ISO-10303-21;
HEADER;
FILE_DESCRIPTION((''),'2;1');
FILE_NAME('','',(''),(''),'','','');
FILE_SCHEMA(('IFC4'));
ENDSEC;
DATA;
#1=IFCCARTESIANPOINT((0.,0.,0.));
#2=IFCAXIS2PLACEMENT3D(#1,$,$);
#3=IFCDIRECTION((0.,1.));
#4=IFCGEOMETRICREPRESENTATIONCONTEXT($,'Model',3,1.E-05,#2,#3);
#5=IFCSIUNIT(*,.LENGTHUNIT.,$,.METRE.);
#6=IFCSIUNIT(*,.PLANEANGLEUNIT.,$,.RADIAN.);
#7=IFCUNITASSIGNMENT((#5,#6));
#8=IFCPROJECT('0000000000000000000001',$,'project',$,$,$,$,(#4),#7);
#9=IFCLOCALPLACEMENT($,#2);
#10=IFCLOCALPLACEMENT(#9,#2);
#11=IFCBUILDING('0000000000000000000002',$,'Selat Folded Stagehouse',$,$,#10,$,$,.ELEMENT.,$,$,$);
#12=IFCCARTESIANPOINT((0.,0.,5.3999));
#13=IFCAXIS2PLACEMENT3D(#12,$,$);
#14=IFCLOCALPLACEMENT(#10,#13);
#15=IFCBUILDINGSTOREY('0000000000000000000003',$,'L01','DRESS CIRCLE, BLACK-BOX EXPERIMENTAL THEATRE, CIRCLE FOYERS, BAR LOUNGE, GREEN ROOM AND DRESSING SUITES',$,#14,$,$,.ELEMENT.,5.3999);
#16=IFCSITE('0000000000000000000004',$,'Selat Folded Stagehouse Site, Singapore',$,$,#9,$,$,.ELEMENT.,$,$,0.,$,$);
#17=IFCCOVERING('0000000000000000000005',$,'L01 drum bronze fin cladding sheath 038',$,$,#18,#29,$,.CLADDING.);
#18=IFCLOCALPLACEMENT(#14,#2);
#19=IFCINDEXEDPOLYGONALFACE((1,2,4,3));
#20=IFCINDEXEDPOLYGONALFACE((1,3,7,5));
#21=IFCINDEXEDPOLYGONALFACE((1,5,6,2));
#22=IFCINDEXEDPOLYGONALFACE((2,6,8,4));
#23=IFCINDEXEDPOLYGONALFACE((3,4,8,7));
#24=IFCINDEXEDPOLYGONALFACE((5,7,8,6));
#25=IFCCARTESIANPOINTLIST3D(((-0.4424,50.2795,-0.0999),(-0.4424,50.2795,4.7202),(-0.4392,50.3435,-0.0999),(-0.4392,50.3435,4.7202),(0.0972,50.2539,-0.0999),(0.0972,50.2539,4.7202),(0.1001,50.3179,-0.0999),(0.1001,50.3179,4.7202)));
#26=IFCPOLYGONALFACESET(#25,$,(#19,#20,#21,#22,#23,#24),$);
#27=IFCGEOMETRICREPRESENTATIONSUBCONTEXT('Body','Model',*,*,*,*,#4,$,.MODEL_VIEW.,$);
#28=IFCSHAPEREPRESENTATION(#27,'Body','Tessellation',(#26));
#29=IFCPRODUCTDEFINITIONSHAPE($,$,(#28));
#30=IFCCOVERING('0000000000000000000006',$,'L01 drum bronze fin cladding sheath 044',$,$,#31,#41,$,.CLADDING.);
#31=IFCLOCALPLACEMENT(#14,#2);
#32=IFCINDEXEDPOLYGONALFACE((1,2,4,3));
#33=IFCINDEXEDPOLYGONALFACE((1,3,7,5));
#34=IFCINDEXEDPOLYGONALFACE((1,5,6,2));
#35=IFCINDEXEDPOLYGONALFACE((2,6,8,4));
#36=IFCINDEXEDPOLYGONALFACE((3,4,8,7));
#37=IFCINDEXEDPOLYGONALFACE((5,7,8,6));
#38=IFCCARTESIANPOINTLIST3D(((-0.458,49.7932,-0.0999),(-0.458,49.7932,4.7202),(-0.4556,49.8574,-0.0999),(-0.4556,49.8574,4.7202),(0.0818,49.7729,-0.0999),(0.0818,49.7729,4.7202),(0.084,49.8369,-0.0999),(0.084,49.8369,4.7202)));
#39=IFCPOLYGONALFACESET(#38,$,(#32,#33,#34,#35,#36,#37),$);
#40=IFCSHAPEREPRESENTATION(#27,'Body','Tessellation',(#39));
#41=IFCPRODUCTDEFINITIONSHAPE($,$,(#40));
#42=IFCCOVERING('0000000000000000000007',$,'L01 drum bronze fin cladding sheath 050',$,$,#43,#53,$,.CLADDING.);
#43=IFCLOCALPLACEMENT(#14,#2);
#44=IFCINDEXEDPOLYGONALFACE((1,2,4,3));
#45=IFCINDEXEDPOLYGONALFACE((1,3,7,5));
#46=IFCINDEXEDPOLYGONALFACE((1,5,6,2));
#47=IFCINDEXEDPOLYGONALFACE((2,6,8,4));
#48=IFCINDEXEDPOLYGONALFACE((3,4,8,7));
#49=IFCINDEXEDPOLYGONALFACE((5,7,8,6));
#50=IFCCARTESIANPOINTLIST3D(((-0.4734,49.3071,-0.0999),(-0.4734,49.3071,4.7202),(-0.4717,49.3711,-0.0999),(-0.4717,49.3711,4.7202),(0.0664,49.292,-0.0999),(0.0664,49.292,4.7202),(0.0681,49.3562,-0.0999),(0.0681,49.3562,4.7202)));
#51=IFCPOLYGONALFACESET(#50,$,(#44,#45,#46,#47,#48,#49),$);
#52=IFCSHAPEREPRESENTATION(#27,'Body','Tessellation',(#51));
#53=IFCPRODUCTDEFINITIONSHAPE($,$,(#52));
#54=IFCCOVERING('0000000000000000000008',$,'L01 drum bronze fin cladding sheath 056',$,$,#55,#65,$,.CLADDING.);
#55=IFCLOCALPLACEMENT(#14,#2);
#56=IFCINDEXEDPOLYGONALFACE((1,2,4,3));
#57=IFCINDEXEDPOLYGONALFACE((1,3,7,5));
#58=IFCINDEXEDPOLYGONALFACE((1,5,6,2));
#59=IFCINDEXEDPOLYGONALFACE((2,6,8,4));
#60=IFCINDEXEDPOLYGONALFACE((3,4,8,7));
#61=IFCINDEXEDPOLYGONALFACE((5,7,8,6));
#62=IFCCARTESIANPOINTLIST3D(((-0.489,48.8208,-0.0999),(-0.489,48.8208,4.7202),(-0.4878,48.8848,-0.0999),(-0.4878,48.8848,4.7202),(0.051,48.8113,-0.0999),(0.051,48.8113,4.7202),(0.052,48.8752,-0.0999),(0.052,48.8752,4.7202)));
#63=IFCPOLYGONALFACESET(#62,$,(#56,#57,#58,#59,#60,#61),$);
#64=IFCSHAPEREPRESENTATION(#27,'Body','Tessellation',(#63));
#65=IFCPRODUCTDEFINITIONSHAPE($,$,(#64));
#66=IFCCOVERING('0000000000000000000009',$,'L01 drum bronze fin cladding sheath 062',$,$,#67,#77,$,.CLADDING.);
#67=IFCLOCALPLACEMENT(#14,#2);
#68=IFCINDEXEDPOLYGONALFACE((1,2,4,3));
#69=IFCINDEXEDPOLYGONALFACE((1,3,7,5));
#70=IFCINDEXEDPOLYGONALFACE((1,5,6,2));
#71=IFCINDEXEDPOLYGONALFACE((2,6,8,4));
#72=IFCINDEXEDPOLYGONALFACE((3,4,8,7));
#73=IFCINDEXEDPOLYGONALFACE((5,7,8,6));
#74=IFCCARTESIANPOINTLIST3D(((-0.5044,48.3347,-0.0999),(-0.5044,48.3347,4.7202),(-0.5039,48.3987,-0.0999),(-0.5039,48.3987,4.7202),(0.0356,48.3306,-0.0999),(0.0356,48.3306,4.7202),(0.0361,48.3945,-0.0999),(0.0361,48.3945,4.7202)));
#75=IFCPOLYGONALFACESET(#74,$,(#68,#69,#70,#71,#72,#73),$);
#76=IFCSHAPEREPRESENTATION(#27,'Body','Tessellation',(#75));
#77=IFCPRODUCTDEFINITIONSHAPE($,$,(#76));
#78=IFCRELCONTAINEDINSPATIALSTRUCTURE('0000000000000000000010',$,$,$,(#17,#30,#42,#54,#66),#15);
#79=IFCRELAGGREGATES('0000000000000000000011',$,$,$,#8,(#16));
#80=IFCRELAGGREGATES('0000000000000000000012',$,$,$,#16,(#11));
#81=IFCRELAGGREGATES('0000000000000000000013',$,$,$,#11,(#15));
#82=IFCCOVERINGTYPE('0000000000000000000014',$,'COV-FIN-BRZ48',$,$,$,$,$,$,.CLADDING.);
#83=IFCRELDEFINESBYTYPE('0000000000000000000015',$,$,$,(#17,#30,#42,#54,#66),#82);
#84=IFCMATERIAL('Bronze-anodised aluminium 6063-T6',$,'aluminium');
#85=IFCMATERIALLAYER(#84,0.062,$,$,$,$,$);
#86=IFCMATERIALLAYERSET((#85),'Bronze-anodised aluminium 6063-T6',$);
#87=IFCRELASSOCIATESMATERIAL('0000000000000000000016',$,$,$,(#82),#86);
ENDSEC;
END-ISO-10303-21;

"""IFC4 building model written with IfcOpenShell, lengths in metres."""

from ifc_helpers import new_model, si_unit, direction, frame, origin, place, context, subcontext, project, spatial, polyline, outline, extrude, material, layer, layer_set, type_object, element, save


model = new_model("IFC4")

# Units and contexts
model_context = context("Model", 3, precision=1e-05, world=origin(), true_north=direction((0.0, 1.0)))
body_context = subcontext(model_context, "Body", "Model", "MODEL_VIEW")
ifc_project = project(units=[si_unit("LENGTHUNIT", "METRE"), si_unit("PLANEANGLEUNIT", "RADIAN")], contexts=[model_context])

# Site, building, storey
site_placement = place(None, origin())
site = spatial("IfcSite", under=ifc_project, at=site_placement, Name="Selat Folded Stagehouse Site, Singapore", CompositionType="ELEMENT", RefElevation=0.0)
building_placement = place(site_placement, origin())
building = spatial("IfcBuilding", under=site, at=building_placement, Name="Selat Folded Stagehouse", CompositionType="ELEMENT")
storey_placement = place(building_placement, frame((0.0, 0.0, 5.3999)))
storey = spatial("IfcBuildingStorey", under=building, at=storey_placement, Name="L01", Description="DRESS CIRCLE, BLACK-BOX EXPERIMENTAL THEATRE, CIRCLE FOYERS, BAR LOUNGE, GREEN ROOM AND DRESSING SUITES", CompositionType="ELEMENT", Elevation=5.3999)

# Coverings
ifc_material_1 = material(Name="Bronze-anodised aluminium 6063-T6", Category="aluminium")
ifc_layer_1 = layer(ifc_material_1, 0.062)
ifc_layer_set_1 = layer_set([ifc_layer_1], Name="Bronze-anodised aluminium 6063-T6")
covering_type = type_object("IfcCoveringType", Name="COV-FIN-BRZ48", PredefinedType="CLADDING", material=ifc_layer_set_1)
covering_1_placement = place(storey_placement, frame((0.0, 0.0, -0.0999)))
element("IfcCovering", 1, at=covering_1_placement, inside=storey, type_object=covering_type, Name="L01 drum bronze fin cladding sheath 038", PredefinedType="CLADDING", context=body_context, shape_type="SweptSolid", body=[
    extrude(outline(polyline([(0.1001, 50.3179), (-0.4392, 50.3435), (-0.4424, 50.2795), (0.0972, 50.2539), (0.1001, 50.3179)])), origin(), (0.0, 0.0, 1.0), 4.8201),
])
covering_2_placement = place(storey_placement, frame((0.0, 0.0, -0.0999)))
element("IfcCovering", 2, at=covering_2_placement, inside=storey, type_object=covering_type, Name="L01 drum bronze fin cladding sheath 044", PredefinedType="CLADDING", context=body_context, shape_type="SweptSolid", body=[
    extrude(outline(polyline([(0.084, 49.8369), (-0.4556, 49.8574), (-0.458, 49.7932), (0.0818, 49.7729), (0.084, 49.8369)])), origin(), (0.0, 0.0, 1.0), 4.8201),
])
covering_3_placement = place(storey_placement, frame((0.0, 0.0, -0.0999)))
element("IfcCovering", 3, at=covering_3_placement, inside=storey, type_object=covering_type, Name="L01 drum bronze fin cladding sheath 050", PredefinedType="CLADDING", context=body_context, shape_type="SweptSolid", body=[
    extrude(outline(polyline([(0.0681, 49.3562), (-0.4717, 49.3711), (-0.4734, 49.3071), (0.0664, 49.292), (0.0681, 49.3562)])), origin(), (0.0, 0.0, 1.0), 4.8201),
])
covering_4_placement = place(storey_placement, frame((0.0, 0.0, -0.0999)))
element("IfcCovering", 4, at=covering_4_placement, inside=storey, type_object=covering_type, Name="L01 drum bronze fin cladding sheath 056", PredefinedType="CLADDING", context=body_context, shape_type="SweptSolid", body=[
    extrude(outline(polyline([(0.052, 48.8752), (-0.4878, 48.8848), (-0.489, 48.8208), (0.051, 48.8113), (0.052, 48.8752)])), origin(), (0.0, 0.0, 1.0), 4.8201),
])
covering_5_placement = place(storey_placement, frame((0.0, 0.0, -0.0999)))
element("IfcCovering", 5, at=covering_5_placement, inside=storey, type_object=covering_type, Name="L01 drum bronze fin cladding sheath 062", PredefinedType="CLADDING", context=body_context, shape_type="SweptSolid", body=[
    extrude(outline(polyline([(0.0361, 48.3945), (-0.5039, 48.3987), (-0.5044, 48.3347), (0.0356, 48.3306), (0.0361, 48.3945)])), origin(), (0.0, 0.0, 1.0), 4.8201),
])

save(model, "model.ifc")
